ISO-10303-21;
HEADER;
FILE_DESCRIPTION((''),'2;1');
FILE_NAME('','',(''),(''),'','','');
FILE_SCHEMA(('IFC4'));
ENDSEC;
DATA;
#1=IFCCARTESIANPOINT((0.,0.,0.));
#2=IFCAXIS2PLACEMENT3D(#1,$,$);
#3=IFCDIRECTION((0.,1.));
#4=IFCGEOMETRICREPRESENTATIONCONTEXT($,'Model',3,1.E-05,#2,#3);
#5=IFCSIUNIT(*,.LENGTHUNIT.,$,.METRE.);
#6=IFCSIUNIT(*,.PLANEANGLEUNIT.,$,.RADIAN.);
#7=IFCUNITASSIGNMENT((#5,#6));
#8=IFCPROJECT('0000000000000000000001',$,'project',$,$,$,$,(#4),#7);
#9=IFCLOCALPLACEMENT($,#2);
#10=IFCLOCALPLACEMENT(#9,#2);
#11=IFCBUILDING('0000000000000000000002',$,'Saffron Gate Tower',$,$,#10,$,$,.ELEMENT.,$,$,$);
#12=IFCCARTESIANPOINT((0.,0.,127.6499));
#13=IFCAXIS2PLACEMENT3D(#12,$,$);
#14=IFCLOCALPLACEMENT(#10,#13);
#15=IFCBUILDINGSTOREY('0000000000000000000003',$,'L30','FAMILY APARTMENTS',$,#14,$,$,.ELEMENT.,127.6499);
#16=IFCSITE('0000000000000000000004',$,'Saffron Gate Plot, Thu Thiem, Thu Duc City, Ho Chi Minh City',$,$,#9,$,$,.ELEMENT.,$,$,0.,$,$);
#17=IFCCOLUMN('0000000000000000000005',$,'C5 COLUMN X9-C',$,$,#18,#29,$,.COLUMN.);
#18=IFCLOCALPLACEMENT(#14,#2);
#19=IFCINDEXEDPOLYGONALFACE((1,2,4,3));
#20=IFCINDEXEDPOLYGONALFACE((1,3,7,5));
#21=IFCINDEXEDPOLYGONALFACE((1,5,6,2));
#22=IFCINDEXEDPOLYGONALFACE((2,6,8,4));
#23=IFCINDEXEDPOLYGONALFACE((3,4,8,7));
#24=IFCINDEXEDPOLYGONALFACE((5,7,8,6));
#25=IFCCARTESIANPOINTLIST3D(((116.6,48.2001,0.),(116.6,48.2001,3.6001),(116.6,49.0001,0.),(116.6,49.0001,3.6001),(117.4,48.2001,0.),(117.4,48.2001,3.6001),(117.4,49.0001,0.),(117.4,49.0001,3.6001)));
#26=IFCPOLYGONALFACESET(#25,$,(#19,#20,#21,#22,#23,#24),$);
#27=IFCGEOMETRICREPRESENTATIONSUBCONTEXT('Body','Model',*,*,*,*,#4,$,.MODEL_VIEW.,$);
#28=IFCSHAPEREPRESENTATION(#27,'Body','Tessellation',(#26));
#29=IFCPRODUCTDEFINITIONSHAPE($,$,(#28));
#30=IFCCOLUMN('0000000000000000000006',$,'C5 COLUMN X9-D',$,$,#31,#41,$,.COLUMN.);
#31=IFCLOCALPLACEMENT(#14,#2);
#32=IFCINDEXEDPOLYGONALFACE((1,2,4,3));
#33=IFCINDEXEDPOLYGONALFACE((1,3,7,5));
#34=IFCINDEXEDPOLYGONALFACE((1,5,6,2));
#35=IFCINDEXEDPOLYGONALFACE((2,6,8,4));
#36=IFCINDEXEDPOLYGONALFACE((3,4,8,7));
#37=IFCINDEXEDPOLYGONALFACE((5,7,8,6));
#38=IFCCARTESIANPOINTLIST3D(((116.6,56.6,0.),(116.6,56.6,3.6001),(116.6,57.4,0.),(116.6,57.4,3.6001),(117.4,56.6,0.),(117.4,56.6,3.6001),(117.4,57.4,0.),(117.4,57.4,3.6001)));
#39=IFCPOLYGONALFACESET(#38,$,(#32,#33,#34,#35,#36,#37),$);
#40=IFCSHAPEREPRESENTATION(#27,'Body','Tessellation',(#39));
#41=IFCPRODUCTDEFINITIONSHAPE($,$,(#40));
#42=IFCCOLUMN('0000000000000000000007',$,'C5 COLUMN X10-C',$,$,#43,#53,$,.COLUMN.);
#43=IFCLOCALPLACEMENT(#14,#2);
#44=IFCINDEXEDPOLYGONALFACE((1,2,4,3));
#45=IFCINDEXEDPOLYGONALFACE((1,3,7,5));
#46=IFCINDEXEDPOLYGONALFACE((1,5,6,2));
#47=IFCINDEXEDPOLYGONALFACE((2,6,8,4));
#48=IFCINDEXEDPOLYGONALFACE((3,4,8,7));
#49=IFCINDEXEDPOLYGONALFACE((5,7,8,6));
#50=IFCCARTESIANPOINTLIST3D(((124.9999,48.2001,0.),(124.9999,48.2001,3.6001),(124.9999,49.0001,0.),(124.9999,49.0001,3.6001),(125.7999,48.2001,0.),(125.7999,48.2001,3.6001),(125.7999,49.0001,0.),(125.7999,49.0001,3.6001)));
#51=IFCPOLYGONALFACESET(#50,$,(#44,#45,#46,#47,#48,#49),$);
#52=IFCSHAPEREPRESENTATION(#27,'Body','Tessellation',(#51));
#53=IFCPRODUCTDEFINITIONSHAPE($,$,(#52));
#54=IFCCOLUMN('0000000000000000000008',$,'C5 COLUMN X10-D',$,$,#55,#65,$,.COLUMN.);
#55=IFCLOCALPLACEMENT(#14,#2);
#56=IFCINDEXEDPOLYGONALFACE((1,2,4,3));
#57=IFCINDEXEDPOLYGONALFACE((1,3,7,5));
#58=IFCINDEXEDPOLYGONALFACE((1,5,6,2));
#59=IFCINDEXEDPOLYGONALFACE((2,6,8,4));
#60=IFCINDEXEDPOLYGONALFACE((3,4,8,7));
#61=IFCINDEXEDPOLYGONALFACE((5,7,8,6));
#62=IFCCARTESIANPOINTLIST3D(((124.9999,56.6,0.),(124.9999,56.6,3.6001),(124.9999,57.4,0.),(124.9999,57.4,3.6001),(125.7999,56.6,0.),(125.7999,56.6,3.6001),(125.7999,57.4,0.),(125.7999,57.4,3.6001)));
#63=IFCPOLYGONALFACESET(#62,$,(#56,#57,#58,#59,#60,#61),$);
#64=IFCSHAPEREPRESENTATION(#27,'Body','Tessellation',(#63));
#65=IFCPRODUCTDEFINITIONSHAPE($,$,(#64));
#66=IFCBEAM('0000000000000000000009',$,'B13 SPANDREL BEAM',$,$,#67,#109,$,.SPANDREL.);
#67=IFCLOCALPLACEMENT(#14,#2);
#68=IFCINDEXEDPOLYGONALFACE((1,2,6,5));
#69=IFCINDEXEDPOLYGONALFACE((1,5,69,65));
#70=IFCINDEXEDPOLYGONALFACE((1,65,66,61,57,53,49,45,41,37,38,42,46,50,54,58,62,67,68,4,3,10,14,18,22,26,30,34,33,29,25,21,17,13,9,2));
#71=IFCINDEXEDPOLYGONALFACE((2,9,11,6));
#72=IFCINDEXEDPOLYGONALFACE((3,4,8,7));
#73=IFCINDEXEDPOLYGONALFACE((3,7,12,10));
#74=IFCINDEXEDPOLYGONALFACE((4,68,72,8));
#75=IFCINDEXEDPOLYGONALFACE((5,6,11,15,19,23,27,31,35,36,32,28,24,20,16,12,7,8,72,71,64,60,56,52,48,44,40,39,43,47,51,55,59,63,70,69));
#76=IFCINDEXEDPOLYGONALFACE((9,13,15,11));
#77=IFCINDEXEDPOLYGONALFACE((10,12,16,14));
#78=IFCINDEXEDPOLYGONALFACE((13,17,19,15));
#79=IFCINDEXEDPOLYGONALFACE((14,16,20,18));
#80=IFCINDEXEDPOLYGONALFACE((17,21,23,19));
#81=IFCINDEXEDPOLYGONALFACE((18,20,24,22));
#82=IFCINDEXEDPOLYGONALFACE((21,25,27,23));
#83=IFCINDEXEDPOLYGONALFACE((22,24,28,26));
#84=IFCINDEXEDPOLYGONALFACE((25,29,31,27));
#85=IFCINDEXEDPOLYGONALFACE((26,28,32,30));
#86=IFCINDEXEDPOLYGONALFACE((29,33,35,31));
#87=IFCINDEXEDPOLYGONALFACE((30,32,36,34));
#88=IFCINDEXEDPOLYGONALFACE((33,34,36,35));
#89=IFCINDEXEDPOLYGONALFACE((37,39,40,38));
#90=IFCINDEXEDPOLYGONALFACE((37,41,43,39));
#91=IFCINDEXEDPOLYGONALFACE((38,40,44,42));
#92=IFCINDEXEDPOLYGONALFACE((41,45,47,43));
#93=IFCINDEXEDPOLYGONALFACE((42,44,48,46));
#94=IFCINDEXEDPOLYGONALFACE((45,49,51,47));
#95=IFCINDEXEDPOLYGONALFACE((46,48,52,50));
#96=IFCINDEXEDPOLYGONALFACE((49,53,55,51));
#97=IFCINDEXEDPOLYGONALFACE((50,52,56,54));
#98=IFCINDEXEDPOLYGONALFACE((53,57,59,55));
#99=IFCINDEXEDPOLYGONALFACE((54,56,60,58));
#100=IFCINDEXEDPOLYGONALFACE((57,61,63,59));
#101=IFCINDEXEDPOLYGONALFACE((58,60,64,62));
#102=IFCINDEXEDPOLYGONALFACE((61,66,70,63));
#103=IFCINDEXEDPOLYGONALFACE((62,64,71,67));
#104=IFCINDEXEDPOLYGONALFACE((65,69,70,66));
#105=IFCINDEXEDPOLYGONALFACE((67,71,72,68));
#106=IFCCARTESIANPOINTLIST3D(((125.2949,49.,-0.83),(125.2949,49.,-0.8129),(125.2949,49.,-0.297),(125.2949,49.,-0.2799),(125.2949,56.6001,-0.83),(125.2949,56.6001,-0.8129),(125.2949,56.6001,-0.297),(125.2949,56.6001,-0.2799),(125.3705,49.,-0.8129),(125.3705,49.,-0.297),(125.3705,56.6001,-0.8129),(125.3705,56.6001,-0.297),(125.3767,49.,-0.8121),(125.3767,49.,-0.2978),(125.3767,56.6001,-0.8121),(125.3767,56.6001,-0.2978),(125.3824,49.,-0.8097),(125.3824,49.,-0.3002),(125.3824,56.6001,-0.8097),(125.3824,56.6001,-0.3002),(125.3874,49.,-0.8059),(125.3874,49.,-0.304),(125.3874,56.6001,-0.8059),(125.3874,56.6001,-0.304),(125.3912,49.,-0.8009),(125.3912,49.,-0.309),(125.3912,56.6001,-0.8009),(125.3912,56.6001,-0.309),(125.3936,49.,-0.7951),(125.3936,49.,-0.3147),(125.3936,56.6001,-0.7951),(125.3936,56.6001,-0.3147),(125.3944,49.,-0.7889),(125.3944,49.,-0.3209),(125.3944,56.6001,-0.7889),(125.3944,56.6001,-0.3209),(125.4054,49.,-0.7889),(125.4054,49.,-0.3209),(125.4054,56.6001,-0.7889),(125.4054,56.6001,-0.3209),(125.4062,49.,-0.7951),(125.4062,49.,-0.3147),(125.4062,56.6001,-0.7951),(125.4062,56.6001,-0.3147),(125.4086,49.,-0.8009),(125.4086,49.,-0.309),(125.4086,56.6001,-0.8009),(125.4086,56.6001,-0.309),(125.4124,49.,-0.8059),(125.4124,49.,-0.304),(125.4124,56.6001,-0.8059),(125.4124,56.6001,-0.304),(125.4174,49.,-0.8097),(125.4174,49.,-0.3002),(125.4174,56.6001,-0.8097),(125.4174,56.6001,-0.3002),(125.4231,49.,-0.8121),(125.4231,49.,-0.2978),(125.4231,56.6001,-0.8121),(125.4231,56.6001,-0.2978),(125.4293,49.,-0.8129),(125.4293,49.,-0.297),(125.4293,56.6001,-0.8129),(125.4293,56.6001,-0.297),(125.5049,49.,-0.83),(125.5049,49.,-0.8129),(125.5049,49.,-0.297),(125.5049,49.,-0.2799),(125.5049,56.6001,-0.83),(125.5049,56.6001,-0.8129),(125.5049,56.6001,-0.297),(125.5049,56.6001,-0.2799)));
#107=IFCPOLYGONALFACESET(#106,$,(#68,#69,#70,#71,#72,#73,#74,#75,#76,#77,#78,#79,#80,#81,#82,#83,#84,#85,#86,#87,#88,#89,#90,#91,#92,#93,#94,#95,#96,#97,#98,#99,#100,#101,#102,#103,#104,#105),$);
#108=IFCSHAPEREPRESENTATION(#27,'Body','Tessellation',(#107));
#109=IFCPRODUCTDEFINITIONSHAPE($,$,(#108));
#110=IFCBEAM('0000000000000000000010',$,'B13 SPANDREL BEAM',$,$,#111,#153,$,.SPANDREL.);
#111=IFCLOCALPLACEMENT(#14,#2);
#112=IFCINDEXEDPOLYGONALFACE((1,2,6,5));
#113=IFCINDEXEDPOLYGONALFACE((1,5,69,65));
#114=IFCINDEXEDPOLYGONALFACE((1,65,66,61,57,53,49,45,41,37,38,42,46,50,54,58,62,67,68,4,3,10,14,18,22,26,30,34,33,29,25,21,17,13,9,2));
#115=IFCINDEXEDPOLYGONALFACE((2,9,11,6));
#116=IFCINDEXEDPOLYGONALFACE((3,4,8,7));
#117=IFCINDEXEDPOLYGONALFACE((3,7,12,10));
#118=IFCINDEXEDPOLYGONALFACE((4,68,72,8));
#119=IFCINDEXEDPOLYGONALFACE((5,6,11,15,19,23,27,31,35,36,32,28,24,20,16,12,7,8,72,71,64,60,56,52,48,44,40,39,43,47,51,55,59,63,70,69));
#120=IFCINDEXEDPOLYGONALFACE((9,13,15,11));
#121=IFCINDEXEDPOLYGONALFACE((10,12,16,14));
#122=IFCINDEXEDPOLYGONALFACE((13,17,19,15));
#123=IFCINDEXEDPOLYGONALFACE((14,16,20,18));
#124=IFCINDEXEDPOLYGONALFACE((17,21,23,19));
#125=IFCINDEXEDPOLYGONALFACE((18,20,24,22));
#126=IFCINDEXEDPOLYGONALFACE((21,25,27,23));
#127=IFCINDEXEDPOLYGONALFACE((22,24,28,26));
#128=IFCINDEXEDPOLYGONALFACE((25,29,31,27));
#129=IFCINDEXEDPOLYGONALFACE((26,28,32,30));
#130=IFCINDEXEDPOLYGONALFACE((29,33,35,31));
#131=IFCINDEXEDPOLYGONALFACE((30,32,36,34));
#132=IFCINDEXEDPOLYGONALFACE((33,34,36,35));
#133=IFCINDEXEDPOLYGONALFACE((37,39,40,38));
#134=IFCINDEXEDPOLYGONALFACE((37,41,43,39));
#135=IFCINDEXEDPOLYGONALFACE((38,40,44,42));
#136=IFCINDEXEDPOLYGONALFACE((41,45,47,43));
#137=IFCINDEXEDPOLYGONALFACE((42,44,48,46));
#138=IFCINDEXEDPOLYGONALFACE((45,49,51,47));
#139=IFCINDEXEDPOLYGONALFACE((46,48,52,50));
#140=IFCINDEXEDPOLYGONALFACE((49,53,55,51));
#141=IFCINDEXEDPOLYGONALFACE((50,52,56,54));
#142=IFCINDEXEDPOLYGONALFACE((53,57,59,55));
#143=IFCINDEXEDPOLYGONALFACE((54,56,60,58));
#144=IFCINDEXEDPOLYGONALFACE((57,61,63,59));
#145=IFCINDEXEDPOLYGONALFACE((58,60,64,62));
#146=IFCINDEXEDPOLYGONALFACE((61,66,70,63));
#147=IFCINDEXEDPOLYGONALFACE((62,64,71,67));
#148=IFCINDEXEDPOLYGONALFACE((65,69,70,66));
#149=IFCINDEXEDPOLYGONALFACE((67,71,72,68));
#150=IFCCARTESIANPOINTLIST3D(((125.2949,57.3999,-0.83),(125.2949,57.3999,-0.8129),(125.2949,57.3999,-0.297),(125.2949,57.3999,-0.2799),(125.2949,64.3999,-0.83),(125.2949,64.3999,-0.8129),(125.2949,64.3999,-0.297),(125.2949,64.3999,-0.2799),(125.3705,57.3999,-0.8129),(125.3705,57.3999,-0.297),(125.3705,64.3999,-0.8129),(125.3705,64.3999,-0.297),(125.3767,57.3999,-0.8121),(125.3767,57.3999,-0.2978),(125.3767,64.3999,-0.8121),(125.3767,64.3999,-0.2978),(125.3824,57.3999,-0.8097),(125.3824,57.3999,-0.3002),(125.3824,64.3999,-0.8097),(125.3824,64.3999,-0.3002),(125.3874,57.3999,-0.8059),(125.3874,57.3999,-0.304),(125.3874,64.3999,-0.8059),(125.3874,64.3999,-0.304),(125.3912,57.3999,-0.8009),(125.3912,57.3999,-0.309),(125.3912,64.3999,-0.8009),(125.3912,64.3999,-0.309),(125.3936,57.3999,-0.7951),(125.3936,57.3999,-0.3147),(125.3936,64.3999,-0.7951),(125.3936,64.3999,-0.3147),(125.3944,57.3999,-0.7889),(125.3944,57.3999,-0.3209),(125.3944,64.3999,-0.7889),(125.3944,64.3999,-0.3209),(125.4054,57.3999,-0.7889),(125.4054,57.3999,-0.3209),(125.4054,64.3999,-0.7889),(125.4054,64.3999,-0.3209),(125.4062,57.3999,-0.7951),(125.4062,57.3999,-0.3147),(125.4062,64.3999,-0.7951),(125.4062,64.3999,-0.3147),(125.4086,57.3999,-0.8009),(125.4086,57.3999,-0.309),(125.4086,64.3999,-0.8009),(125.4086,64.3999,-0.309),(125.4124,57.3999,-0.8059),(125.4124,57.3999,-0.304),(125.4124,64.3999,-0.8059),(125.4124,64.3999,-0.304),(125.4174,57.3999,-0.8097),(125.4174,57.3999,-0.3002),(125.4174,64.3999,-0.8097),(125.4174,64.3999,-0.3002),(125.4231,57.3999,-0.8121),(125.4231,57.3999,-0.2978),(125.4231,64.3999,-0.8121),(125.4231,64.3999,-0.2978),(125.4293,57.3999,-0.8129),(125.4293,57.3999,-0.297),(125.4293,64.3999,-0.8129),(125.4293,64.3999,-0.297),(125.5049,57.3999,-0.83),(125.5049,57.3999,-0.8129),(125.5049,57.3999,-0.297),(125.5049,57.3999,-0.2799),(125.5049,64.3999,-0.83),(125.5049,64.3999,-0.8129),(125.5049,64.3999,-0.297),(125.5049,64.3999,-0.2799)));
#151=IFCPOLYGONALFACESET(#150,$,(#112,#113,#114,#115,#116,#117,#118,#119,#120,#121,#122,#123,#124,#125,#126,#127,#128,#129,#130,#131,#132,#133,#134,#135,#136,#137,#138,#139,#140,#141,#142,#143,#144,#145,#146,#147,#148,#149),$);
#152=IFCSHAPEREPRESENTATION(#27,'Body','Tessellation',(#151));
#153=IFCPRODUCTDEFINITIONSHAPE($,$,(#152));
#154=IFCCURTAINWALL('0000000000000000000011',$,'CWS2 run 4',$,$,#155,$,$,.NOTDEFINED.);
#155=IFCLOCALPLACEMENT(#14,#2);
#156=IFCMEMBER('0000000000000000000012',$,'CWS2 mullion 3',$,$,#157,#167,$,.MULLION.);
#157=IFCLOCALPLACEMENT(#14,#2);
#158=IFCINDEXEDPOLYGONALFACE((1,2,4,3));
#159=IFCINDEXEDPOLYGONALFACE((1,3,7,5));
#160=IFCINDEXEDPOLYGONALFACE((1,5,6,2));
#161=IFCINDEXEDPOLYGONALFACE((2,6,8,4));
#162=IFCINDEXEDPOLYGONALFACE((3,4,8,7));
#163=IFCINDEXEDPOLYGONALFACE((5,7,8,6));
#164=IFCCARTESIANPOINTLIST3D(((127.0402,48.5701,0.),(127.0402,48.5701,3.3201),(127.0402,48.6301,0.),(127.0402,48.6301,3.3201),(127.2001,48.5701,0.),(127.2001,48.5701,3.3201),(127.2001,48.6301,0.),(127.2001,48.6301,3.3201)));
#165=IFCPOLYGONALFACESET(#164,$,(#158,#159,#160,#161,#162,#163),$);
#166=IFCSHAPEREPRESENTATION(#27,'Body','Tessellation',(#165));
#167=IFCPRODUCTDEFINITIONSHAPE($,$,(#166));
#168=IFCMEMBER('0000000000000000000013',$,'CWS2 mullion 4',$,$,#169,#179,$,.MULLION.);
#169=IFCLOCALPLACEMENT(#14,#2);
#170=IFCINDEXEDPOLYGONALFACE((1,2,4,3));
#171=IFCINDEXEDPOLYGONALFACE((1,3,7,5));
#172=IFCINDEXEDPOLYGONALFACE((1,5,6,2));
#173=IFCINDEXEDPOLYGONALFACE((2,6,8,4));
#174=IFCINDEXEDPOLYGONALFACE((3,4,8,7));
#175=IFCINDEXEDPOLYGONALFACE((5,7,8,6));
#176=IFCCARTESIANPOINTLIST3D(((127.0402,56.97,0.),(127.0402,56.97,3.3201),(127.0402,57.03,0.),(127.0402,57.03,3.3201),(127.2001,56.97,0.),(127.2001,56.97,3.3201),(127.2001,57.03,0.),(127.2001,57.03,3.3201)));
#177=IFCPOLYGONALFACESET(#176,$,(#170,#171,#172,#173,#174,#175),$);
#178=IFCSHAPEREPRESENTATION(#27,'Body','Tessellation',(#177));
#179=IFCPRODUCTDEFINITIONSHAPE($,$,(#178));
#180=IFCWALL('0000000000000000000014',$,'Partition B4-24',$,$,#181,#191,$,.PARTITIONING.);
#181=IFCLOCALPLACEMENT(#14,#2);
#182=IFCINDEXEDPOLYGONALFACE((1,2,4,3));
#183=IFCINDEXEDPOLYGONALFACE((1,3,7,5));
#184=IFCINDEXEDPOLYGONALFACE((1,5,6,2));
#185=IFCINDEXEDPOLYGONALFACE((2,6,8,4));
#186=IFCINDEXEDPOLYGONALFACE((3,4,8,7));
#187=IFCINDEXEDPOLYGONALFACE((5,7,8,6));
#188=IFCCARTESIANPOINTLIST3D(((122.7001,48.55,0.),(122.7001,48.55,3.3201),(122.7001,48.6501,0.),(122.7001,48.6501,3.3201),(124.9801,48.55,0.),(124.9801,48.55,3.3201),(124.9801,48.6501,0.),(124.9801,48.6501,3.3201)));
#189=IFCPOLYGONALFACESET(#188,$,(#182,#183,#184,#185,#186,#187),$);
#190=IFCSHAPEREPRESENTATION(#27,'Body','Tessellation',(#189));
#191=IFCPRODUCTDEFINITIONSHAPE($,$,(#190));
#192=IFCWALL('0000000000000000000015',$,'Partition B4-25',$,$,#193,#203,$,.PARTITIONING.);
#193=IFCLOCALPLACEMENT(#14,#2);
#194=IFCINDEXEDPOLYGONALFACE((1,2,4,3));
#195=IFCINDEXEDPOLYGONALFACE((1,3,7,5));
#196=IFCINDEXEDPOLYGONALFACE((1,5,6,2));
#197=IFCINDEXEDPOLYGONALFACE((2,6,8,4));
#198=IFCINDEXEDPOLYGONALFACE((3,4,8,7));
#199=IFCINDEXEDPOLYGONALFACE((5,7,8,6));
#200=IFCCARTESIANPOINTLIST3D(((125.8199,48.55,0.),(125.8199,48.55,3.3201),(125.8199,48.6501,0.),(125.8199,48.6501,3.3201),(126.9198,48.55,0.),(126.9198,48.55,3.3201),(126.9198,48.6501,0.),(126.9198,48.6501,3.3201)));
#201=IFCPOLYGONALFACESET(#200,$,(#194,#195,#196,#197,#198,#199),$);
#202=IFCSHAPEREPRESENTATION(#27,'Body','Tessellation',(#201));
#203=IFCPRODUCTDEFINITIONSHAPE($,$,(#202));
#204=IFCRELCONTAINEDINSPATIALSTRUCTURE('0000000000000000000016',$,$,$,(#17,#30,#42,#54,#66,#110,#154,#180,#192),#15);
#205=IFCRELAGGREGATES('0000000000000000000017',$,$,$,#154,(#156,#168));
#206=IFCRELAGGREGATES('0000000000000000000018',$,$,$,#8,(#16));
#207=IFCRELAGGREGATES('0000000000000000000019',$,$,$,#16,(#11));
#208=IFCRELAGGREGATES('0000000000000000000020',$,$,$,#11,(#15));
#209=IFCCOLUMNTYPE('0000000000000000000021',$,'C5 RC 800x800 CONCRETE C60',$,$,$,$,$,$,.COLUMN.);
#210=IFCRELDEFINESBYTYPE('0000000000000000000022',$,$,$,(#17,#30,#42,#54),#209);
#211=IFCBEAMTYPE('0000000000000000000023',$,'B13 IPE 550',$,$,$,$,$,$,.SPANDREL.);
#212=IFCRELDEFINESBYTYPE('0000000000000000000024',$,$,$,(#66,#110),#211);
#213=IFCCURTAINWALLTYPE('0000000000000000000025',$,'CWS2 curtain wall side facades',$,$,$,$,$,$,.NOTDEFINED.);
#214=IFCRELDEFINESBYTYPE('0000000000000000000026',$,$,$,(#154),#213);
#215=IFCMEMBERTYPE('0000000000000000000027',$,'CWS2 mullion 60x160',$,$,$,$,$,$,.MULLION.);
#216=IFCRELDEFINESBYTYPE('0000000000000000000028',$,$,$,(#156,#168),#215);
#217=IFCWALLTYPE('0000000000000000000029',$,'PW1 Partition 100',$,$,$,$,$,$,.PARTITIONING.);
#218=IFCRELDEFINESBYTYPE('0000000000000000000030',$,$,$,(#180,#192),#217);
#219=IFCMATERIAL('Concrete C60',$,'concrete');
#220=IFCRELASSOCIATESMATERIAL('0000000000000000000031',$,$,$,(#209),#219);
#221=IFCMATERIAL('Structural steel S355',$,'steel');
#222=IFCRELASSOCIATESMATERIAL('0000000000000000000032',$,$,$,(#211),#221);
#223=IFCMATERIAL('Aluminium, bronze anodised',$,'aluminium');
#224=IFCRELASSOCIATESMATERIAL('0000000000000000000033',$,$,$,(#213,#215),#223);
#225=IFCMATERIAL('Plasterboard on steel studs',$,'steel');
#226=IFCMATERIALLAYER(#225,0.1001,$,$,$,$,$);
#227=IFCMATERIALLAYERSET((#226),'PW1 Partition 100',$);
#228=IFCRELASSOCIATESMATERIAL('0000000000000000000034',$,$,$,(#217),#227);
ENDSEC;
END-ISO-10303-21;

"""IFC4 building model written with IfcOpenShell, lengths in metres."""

from ifc_helpers import new_model, si_unit, direction, frame, frame_2d, origin, origin_2d, place, context, subcontext, project, spatial, rectangle, i_section, extrude, material, layer, layer_set, material_profile, profile_set, type_object, element, aggregate, save


model = new_model("IFC4")

# Units and contexts
model_context = context("Model", 3, precision=1e-05, world=origin(), true_north=direction((0.0, 1.0)))
body_context = subcontext(model_context, "Body", "Model", "MODEL_VIEW")
ifc_project = project(units=[si_unit("LENGTHUNIT", "METRE"), si_unit("PLANEANGLEUNIT", "RADIAN")], contexts=[model_context])

# Site, building, storey
site_placement = place(None, origin())
site = spatial("IfcSite", under=ifc_project, at=site_placement, Name="Saffron Gate Plot, Thu Thiem, Thu Duc City, Ho Chi Minh City", CompositionType="ELEMENT", RefElevation=0.0)
building_placement = place(site_placement, origin())
building = spatial("IfcBuilding", under=site, at=building_placement, Name="Saffron Gate Tower", CompositionType="ELEMENT")
storey_placement = place(building_placement, frame((0.0, 0.0, 127.6499)))
storey = spatial("IfcBuildingStorey", under=building, at=storey_placement, Name="L30", Description="FAMILY APARTMENTS", CompositionType="ELEMENT", Elevation=127.6499)

# Columns
ifc_material_1 = material(Name="Concrete C60", Category="concrete")
ifc_material_profile_1 = material_profile(ifc_material_1, rectangle(XDim=0.8, YDim=0.8, at=origin_2d()))
ifc_profile_set_1 = profile_set([ifc_material_profile_1], Name="Concrete C60")
column_type = type_object("IfcColumnType", Name="C5 RC 800x800 CONCRETE C60", PredefinedType="COLUMN", material=ifc_profile_set_1)
for number, where, z_axis, x_axis, name in (
    (1, (117.0, 48.6001, 0.0), (0.0, 0.0, 1.0), (1.0, 0.0, 0.0), "C5 COLUMN X9-C"),
    (2, (117.0, 57.0, 0.0), (0.0, 0.0, 1.0), (1.0, 0.0, 0.0), "C5 COLUMN X9-D"),
    (3, (125.3999, 48.6001, 0.0), (0.0, 0.0, 1.0), (1.0, 0.0, 0.0), "C5 COLUMN X10-C"),
    (4, (125.3999, 57.0, 0.0), (0.0, 0.0, 1.0), (1.0, 0.0, 0.0), "C5 COLUMN X10-D"),
):
    element("IfcColumn", number, at=place(storey_placement, frame(where, z_axis=z_axis, x_axis=x_axis)), inside=storey, type_object=column_type, Name=name, PredefinedType="COLUMN", context=body_context, shape_type="SweptSolid", body=[
        extrude(rectangle(XDim=0.8, YDim=0.8, at=origin_2d()), origin(), (0.0, 0.0, 1.0), 3.6001),
    ])

# Beams
ifc_material_2 = material(Name="Structural steel S355", Category="steel")
ifc_material_profile_2 = material_profile(ifc_material_2, i_section(OverallWidth=0.21, OverallDepth=0.55, WebThickness=0.011, FlangeThickness=0.0171, FilletRadius=0.0239, at=origin_2d()))
ifc_profile_set_2 = profile_set([ifc_material_profile_2], Name="Structural steel S355")
beam_type = type_object("IfcBeamType", Name="B13 IPE 550", PredefinedType="SPANDREL", material=ifc_profile_set_2)
beam_1_placement = place(storey_placement, frame((125.3999, 49.0, -0.5549), z_axis=(0.0, 1.0, 0.0), x_axis=(-1.0, 0.0, 0.0)))
element("IfcBeam", 5, at=beam_1_placement, inside=storey, type_object=beam_type, Name="B13 SPANDREL BEAM", PredefinedType="SPANDREL", context=body_context, shape_type="SweptSolid", body=[
    extrude(i_section(OverallWidth=0.21, OverallDepth=0.55, WebThickness=0.011, FlangeThickness=0.0171, FilletRadius=0.0239, at=origin_2d()), origin(), (0.0, 0.0, 1.0), 7.6001),
])
beam_2_placement = place(storey_placement, frame((125.3999, 57.3999, -0.5549), z_axis=(0.0, 1.0, 0.0), x_axis=(-1.0, 0.0, 0.0)))
element("IfcBeam", 6, at=beam_2_placement, inside=storey, type_object=beam_type, Name="B13 SPANDREL BEAM", PredefinedType="SPANDREL", context=body_context, shape_type="SweptSolid", body=[
    extrude(i_section(OverallWidth=0.21, OverallDepth=0.55, WebThickness=0.011, FlangeThickness=0.0171, FilletRadius=0.0239, at=origin_2d()), origin(), (0.0, 0.0, 1.0), 7.0),
])

# Curtain wall, members
ifc_material_3 = material(Name="Aluminium, bronze anodised", Category="aluminium")
curtain_wall_type = type_object("IfcCurtainWallType", Name="CWS2 curtain wall side facades", PredefinedType="NOTDEFINED", material=ifc_material_3)
curtain_wall_placement = place(storey_placement, origin())
curtain_wall = element("IfcCurtainWall", 7, at=curtain_wall_placement, inside=storey, type_object=curtain_wall_type, Name="CWS2 run 4", PredefinedType="NOTDEFINED")
ifc_material_profile_3 = material_profile(ifc_material_3, rectangle(XDim=0.1599, YDim=0.0601, at=origin_2d()))
ifc_profile_set_3 = profile_set([ifc_material_profile_3], Name="Aluminium, bronze anodised")
member_type = type_object("IfcMemberType", Name="CWS2 mullion 60x160", PredefinedType="MULLION", material=ifc_profile_set_3)
member_1_placement = place(storey_placement, frame((127.1201, 48.6001, 0.0), z_axis=(0.0, 0.0, 1.0), x_axis=(-1.0, 0.0, 0.0)))
member_1 = element("IfcMember", 8, at=member_1_placement, type_object=member_type, Name="CWS2 mullion 3", PredefinedType="MULLION", context=body_context, shape_type="SweptSolid", body=[
    extrude(rectangle(XDim=0.1599, YDim=0.0601, at=origin_2d()), origin(), (0.0, 0.0, 1.0), 3.3201),
])
member_2_placement = place(storey_placement, frame((127.1201, 57.0, 0.0), z_axis=(0.0, 0.0, 1.0), x_axis=(-1.0, 0.0, 0.0)))
member_2 = element("IfcMember", 9, at=member_2_placement, type_object=member_type, Name="CWS2 mullion 4", PredefinedType="MULLION", context=body_context, shape_type="SweptSolid", body=[
    extrude(rectangle(XDim=0.1599, YDim=0.0601, at=origin_2d()), origin(), (0.0, 0.0, 1.0), 3.3201),
])
aggregate(curtain_wall, [member_1, member_2])

# Walls
ifc_material_4 = material(Name="Plasterboard on steel studs", Category="steel")
ifc_layer_1 = layer(ifc_material_4, 0.1001)
ifc_layer_set_1 = layer_set([ifc_layer_1], Name="PW1 Partition 100")
wall_type_1 = type_object("IfcWallType", Name="PW1 Partition 100", PredefinedType="PARTITIONING", material=ifc_layer_set_1)
wall_1_placement = place(storey_placement, frame((122.7, 48.6001, 0.0), z_axis=(0.0, 0.0, 1.0), x_axis=(1.0, 0.0, 0.0)))
element("IfcWall", 10, at=wall_1_placement, inside=storey, type_object=wall_type_1, Name="Partition B4-24", PredefinedType="PARTITIONING", context=body_context, shape_type="SweptSolid", body=[
    extrude(rectangle(XDim=2.28, YDim=0.1001, at=frame_2d((1.1401, 0.0))), origin(), (0.0, 0.0, 1.0), 3.3201),
])
wall_2_placement = place(storey_placement, frame((125.8201, 48.6001, 0.0), z_axis=(0.0, 0.0, 1.0), x_axis=(1.0, 0.0, 0.0)))
element("IfcWall", 11, at=wall_2_placement, inside=storey, type_object=wall_type_1, Name="Partition B4-25", PredefinedType="PARTITIONING", context=body_context, shape_type="SweptSolid", body=[
    extrude(rectangle(XDim=1.0999, YDim=0.1001, at=frame_2d((0.5498, 0.0))), origin(), (0.0, 0.0, 1.0), 3.3201),
])

save(model, "model.ifc")
